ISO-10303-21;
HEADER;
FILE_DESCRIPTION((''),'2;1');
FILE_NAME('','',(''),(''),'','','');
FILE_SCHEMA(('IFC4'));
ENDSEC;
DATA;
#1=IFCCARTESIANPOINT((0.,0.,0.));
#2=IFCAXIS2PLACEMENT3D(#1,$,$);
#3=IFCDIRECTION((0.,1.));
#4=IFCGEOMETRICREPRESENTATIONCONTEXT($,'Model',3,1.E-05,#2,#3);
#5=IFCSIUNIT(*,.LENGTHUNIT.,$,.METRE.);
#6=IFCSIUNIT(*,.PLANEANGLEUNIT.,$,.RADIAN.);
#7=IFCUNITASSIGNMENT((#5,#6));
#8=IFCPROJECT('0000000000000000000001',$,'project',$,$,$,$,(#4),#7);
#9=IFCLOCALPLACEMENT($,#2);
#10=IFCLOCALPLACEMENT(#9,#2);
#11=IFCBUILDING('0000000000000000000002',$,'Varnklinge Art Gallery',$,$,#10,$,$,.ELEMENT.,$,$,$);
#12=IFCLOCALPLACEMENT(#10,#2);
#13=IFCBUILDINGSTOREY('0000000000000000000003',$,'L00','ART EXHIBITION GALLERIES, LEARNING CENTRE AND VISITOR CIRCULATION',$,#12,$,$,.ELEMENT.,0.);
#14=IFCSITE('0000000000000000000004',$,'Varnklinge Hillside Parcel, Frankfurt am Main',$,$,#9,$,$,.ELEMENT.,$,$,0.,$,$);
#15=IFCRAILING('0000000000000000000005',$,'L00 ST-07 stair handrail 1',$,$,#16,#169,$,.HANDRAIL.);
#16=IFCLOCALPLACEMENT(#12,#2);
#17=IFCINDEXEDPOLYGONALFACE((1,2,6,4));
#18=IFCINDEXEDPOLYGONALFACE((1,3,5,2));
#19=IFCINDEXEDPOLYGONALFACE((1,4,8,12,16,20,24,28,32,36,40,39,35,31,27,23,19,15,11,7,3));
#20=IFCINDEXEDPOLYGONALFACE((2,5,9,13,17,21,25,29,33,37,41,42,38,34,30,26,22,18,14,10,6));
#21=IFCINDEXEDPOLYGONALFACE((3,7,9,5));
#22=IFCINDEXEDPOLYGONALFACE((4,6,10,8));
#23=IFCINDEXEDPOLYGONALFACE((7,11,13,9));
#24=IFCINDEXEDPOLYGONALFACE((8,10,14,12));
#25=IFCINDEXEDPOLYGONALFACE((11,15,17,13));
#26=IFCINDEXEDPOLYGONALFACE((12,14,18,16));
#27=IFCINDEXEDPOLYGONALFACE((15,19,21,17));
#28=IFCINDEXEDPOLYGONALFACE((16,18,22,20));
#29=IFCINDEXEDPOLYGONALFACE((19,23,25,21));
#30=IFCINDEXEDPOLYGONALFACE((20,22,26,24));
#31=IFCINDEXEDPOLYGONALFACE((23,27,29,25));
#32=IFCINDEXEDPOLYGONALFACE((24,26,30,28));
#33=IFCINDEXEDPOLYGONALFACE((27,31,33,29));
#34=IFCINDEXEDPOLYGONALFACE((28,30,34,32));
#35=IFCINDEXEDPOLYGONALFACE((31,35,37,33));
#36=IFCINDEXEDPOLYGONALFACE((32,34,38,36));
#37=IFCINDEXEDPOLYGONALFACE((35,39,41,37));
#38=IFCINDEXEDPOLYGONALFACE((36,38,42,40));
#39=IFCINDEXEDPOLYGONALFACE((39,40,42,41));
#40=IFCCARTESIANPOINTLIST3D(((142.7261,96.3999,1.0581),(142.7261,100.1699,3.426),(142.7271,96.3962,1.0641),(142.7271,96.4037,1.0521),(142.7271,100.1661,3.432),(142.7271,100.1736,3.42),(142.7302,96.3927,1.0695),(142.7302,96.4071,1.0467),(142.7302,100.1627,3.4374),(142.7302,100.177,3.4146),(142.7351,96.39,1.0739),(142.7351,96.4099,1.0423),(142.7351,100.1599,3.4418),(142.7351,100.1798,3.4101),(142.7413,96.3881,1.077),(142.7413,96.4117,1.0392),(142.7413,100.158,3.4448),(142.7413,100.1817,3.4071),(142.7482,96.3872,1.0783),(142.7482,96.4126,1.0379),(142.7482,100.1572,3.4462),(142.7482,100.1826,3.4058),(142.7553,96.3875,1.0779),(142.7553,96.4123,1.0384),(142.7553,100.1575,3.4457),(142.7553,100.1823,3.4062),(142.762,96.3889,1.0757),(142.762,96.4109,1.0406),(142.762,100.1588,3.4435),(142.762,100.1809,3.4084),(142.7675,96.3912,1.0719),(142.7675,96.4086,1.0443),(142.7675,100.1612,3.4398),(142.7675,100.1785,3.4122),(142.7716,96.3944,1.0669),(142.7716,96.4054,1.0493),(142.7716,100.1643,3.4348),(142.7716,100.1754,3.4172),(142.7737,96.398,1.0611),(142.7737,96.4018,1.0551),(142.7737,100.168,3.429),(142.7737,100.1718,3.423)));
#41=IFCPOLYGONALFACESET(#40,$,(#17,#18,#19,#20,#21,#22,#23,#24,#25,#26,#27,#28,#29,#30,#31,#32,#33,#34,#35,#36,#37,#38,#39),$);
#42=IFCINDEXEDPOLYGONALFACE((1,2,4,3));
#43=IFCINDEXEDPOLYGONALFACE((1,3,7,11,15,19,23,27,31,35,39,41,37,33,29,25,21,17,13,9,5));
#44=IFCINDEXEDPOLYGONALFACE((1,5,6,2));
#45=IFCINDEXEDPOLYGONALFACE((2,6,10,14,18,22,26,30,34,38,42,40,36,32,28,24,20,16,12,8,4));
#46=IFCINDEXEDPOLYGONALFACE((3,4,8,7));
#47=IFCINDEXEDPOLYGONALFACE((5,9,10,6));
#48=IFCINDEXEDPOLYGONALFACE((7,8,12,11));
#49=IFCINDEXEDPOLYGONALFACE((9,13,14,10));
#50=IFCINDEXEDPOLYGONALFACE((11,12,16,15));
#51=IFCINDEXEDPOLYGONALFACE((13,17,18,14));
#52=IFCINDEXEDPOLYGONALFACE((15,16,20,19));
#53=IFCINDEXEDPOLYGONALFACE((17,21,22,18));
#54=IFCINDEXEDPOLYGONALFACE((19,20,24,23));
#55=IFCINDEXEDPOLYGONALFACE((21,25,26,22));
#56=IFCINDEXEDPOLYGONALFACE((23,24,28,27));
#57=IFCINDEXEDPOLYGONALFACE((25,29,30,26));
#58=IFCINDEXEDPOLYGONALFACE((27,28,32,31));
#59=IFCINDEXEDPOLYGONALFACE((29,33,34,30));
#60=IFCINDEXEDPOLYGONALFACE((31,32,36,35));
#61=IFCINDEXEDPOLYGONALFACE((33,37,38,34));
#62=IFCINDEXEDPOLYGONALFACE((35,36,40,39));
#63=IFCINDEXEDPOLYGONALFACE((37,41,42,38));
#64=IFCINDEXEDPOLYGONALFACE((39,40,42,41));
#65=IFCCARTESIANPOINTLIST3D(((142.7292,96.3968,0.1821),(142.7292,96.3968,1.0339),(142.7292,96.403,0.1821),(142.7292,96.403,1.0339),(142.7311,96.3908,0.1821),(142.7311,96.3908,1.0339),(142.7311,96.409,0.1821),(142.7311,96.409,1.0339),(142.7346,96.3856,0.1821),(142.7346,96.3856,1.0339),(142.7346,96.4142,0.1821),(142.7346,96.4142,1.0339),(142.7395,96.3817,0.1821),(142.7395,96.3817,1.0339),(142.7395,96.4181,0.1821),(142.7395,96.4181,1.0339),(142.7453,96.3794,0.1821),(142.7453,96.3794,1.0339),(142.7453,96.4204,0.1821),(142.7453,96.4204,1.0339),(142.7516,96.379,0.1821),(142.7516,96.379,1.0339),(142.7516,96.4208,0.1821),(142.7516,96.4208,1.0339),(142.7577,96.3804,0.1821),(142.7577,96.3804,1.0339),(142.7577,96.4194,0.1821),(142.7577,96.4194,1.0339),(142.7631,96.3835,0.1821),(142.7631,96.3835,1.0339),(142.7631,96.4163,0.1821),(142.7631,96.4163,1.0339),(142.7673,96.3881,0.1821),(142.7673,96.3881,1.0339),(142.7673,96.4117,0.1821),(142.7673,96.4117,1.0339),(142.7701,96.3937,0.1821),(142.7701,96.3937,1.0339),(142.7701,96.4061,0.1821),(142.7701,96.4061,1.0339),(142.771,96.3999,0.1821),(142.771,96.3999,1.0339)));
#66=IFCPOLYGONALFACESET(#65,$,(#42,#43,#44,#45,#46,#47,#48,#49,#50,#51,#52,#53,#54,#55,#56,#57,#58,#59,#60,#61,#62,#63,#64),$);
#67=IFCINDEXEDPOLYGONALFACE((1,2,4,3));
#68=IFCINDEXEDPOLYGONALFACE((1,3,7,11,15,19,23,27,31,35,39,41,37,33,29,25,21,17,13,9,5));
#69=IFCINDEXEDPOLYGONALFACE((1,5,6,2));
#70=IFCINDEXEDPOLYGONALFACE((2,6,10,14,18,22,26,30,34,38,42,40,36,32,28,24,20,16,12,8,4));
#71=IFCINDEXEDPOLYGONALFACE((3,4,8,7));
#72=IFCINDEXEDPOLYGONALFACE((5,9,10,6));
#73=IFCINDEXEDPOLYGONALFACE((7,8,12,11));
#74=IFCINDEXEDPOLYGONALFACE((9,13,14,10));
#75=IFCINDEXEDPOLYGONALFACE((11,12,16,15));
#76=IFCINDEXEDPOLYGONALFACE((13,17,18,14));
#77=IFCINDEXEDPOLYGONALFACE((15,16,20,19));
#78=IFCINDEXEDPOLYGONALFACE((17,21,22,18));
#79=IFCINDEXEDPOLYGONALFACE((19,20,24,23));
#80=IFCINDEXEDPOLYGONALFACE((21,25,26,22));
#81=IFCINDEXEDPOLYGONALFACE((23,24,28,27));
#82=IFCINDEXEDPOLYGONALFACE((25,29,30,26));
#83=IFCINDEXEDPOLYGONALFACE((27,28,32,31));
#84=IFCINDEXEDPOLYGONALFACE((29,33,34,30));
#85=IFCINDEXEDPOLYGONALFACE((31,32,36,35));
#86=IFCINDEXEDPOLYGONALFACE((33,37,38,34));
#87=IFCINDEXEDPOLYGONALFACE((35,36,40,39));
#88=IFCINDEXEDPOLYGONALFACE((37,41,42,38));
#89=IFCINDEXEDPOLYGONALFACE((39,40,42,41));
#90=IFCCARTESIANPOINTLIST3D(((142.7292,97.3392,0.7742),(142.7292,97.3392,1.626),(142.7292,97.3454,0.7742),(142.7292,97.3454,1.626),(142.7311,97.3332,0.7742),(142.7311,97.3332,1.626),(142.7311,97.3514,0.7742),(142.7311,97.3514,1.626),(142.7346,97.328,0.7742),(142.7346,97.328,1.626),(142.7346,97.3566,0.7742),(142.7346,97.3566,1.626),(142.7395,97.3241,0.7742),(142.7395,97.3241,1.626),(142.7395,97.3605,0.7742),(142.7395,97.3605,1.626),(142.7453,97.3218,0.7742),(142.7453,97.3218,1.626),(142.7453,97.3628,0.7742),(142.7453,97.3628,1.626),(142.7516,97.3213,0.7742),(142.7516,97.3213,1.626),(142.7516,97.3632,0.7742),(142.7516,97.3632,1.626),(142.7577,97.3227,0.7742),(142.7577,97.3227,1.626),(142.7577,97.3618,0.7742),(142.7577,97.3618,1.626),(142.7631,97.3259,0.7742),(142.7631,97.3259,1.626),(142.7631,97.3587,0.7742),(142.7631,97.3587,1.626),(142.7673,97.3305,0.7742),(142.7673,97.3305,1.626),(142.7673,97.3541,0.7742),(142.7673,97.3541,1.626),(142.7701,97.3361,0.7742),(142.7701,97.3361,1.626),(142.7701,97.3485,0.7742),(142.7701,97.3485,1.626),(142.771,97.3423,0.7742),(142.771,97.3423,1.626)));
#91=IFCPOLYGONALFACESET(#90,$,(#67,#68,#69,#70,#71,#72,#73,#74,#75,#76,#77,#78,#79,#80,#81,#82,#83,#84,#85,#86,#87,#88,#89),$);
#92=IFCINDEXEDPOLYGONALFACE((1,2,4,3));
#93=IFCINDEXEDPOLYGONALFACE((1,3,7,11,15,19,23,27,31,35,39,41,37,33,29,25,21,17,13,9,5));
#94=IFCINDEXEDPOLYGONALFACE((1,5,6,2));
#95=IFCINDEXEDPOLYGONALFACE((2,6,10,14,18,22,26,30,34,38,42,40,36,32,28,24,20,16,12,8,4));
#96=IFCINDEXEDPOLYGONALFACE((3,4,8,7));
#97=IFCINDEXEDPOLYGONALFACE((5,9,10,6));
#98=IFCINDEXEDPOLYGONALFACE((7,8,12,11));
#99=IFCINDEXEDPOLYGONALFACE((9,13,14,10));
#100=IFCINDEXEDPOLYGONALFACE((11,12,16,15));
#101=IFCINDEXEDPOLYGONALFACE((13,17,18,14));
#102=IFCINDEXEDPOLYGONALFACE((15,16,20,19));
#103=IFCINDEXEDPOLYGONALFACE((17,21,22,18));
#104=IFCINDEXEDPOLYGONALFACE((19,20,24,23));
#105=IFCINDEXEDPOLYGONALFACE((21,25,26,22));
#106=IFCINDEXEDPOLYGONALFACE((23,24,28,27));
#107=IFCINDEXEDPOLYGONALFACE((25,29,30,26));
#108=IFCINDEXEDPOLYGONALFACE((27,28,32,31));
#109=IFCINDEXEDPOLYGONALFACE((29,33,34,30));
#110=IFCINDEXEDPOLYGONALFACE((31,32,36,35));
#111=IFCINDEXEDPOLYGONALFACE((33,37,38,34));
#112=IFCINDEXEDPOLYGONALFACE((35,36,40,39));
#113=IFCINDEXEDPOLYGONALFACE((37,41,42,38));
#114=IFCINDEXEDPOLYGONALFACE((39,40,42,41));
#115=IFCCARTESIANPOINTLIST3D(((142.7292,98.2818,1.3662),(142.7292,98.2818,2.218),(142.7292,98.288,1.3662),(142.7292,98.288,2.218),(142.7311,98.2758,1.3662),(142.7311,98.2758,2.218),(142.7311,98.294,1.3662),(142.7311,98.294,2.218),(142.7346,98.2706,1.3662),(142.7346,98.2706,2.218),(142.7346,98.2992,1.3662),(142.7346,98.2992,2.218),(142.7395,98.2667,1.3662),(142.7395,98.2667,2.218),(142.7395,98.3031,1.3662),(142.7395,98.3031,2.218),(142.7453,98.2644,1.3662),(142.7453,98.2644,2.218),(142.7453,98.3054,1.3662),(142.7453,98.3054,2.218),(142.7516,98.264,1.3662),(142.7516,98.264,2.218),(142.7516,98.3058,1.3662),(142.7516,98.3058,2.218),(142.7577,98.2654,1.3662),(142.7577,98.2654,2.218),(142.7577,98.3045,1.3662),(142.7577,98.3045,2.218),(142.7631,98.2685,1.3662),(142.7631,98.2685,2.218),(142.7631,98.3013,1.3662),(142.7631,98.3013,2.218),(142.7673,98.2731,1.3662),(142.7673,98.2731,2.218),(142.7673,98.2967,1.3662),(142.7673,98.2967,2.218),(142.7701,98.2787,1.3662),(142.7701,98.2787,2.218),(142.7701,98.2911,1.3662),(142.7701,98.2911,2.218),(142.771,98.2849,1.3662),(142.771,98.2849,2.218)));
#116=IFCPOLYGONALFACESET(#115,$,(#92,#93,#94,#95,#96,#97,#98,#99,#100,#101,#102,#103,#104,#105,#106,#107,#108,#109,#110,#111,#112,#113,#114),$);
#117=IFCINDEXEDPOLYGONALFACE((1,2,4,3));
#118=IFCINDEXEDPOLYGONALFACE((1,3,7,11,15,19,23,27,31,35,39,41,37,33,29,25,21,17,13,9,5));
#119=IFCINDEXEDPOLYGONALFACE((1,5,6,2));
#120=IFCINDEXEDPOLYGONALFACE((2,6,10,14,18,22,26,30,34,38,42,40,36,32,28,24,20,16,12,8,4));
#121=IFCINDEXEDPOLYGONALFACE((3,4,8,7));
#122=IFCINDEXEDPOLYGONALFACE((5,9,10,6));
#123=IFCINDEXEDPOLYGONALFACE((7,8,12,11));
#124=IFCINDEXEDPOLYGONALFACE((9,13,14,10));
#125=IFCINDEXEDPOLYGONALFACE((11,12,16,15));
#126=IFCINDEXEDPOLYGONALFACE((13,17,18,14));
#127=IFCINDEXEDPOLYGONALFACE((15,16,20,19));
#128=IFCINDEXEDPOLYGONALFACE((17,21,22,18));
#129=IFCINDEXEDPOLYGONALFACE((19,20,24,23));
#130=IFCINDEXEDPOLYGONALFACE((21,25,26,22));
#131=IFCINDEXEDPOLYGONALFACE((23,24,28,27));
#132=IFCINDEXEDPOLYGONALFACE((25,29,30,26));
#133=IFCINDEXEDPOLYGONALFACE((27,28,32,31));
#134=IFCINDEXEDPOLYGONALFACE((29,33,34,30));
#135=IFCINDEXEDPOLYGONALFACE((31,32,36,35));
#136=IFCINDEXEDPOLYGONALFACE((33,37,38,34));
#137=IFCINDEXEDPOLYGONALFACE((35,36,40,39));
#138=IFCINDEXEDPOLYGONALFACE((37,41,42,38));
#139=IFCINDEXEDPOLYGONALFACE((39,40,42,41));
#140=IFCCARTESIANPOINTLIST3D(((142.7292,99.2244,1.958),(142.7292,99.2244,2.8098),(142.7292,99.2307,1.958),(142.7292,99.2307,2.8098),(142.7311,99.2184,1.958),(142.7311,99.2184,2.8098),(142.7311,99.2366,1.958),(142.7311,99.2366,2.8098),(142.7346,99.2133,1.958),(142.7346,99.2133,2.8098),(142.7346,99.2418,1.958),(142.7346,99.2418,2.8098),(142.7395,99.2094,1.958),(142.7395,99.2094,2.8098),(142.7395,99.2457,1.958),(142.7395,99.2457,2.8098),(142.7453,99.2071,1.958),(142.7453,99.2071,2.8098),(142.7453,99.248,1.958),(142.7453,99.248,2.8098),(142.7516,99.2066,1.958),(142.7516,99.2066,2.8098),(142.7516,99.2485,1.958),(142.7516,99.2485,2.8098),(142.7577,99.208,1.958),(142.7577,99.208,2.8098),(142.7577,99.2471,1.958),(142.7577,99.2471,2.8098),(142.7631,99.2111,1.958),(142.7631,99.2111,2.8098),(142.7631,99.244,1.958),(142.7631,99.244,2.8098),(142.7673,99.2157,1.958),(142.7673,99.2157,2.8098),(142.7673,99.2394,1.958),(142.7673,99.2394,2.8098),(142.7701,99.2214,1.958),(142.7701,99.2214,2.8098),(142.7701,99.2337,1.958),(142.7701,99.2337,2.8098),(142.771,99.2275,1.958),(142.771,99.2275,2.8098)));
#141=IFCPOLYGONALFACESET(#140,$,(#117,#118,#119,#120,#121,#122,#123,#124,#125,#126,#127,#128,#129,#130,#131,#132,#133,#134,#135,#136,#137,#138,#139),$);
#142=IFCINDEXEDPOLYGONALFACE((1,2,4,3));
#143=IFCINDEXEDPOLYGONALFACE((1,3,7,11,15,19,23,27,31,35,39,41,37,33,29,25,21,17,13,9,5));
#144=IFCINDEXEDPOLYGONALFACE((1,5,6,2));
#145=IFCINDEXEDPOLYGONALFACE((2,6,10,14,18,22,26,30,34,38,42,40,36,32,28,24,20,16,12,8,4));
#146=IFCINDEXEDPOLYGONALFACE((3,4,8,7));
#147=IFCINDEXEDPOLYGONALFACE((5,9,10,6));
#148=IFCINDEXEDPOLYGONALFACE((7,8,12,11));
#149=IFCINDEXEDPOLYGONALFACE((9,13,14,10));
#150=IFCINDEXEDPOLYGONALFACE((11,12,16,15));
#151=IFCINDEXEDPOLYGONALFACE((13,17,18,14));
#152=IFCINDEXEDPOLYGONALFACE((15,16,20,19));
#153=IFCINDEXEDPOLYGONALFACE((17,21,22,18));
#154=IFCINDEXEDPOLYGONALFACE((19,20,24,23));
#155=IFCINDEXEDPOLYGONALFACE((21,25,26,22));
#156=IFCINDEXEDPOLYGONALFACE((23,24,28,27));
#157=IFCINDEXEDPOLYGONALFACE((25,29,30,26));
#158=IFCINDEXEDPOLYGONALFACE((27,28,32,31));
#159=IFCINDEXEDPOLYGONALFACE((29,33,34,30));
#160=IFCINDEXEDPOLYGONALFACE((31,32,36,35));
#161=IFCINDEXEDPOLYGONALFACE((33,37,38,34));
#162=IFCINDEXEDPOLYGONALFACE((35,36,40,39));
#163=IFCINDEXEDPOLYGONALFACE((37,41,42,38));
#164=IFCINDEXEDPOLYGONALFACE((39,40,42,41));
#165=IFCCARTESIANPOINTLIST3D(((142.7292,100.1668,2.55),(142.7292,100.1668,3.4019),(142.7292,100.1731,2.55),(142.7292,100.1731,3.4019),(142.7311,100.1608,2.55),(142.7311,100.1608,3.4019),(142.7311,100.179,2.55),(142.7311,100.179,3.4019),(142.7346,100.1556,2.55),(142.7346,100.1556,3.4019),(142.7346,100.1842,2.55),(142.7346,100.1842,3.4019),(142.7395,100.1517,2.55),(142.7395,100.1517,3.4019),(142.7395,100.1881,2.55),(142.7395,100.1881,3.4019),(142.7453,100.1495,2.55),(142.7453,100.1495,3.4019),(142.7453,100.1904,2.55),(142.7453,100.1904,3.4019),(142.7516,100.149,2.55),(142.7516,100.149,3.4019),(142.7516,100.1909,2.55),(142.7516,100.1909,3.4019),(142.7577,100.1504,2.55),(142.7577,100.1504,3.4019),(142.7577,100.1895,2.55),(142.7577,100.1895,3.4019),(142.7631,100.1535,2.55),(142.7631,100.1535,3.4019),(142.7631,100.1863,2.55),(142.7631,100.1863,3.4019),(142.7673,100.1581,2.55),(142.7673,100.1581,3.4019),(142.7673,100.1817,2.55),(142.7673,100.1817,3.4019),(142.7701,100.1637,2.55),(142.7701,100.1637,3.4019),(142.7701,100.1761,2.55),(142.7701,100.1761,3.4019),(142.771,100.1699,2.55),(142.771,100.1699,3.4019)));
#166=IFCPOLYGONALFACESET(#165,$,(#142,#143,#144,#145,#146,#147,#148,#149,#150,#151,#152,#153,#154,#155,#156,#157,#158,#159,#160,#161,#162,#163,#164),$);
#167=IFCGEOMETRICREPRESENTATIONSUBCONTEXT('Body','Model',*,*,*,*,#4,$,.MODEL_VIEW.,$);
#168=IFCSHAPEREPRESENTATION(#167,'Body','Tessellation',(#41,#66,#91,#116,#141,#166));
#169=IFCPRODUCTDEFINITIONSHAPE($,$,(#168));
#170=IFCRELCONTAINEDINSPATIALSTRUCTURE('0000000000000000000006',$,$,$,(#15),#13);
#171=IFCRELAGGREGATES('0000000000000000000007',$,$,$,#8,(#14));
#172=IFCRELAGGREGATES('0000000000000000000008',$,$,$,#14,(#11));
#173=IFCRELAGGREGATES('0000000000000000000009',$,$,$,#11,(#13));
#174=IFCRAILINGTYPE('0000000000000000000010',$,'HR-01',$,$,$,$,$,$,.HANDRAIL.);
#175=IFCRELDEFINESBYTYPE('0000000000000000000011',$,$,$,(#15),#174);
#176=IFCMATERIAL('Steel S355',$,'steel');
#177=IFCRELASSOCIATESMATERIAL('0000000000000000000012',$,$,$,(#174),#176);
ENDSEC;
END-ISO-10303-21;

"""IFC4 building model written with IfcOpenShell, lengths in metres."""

from ifc_helpers import new_model, si_unit, direction, frame, origin, origin_2d, place, context, subcontext, project, spatial, circle, extrude, material, type_object, element, save


model = new_model("IFC4")

# Units and contexts
model_context = context("Model", 3, precision=1e-05, world=origin(), true_north=direction((0.0, 1.0)))
body_context = subcontext(model_context, "Body", "Model", "MODEL_VIEW")
ifc_project = project(units=[si_unit("LENGTHUNIT", "METRE"), si_unit("PLANEANGLEUNIT", "RADIAN")], contexts=[model_context])

# Site, building, storey
site_placement = place(None, origin())
site = spatial("IfcSite", under=ifc_project, at=site_placement, Name="Varnklinge Hillside Parcel, Frankfurt am Main", CompositionType="ELEMENT", RefElevation=0.0)
building_placement = place(site_placement, origin())
building = spatial("IfcBuilding", under=site, at=building_placement, Name="Varnklinge Art Gallery", CompositionType="ELEMENT")
storey_placement = place(building_placement, origin())
storey = spatial("IfcBuildingStorey", under=building, at=storey_placement, Name="L00", Description="ART EXHIBITION GALLERIES, LEARNING CENTRE AND VISITOR CIRCULATION", CompositionType="ELEMENT", Elevation=0.0)

# Railing
ifc_material_1 = material(Name="Steel S355", Category="steel")
railing_type_1 = type_object("IfcRailingType", Name="HR-01", PredefinedType="HANDRAIL", material=ifc_material_1)
railing_1_placement = place(storey_placement, frame((142.75, 96.3999, 0.1821)))
element("IfcRailing", 1, at=railing_1_placement, inside=storey, type_object=railing_type_1, Name="L00 ST-07 stair handrail 1", PredefinedType="HANDRAIL", context=body_context, shape_type="SweptSolid", body=[
    extrude(circle(Radius=0.0239, at=origin_2d()), frame((0.0, 0.0, 0.876), z_axis=(0.0, 0.846819, 0.531881), x_axis=(-1.0, 0.0, 0.0)), (0.0, 0.0, 1.0), 4.4519),
    extrude(circle(Radius=0.021, at=origin_2d()), origin(), (0.0, 0.0, 1.0), 0.8518),
    extrude(circle(Radius=0.021, at=origin_2d()), frame((0.0, 0.9424, 0.592)), (0.0, 0.0, 1.0), 0.8518),
    extrude(circle(Radius=0.021, at=origin_2d()), frame((0.0, 1.885, 1.1841)), (0.0, 0.0, 1.0), 0.8518),
    extrude(circle(Radius=0.021, at=origin_2d()), frame((0.0, 2.8276, 1.7759)), (0.0, 0.0, 1.0), 0.8518),
    extrude(circle(Radius=0.021, at=origin_2d()), frame((0.0, 3.77, 2.3679)), (0.0, 0.0, 1.0), 0.8518),
])

save(model, "model.ifc")
